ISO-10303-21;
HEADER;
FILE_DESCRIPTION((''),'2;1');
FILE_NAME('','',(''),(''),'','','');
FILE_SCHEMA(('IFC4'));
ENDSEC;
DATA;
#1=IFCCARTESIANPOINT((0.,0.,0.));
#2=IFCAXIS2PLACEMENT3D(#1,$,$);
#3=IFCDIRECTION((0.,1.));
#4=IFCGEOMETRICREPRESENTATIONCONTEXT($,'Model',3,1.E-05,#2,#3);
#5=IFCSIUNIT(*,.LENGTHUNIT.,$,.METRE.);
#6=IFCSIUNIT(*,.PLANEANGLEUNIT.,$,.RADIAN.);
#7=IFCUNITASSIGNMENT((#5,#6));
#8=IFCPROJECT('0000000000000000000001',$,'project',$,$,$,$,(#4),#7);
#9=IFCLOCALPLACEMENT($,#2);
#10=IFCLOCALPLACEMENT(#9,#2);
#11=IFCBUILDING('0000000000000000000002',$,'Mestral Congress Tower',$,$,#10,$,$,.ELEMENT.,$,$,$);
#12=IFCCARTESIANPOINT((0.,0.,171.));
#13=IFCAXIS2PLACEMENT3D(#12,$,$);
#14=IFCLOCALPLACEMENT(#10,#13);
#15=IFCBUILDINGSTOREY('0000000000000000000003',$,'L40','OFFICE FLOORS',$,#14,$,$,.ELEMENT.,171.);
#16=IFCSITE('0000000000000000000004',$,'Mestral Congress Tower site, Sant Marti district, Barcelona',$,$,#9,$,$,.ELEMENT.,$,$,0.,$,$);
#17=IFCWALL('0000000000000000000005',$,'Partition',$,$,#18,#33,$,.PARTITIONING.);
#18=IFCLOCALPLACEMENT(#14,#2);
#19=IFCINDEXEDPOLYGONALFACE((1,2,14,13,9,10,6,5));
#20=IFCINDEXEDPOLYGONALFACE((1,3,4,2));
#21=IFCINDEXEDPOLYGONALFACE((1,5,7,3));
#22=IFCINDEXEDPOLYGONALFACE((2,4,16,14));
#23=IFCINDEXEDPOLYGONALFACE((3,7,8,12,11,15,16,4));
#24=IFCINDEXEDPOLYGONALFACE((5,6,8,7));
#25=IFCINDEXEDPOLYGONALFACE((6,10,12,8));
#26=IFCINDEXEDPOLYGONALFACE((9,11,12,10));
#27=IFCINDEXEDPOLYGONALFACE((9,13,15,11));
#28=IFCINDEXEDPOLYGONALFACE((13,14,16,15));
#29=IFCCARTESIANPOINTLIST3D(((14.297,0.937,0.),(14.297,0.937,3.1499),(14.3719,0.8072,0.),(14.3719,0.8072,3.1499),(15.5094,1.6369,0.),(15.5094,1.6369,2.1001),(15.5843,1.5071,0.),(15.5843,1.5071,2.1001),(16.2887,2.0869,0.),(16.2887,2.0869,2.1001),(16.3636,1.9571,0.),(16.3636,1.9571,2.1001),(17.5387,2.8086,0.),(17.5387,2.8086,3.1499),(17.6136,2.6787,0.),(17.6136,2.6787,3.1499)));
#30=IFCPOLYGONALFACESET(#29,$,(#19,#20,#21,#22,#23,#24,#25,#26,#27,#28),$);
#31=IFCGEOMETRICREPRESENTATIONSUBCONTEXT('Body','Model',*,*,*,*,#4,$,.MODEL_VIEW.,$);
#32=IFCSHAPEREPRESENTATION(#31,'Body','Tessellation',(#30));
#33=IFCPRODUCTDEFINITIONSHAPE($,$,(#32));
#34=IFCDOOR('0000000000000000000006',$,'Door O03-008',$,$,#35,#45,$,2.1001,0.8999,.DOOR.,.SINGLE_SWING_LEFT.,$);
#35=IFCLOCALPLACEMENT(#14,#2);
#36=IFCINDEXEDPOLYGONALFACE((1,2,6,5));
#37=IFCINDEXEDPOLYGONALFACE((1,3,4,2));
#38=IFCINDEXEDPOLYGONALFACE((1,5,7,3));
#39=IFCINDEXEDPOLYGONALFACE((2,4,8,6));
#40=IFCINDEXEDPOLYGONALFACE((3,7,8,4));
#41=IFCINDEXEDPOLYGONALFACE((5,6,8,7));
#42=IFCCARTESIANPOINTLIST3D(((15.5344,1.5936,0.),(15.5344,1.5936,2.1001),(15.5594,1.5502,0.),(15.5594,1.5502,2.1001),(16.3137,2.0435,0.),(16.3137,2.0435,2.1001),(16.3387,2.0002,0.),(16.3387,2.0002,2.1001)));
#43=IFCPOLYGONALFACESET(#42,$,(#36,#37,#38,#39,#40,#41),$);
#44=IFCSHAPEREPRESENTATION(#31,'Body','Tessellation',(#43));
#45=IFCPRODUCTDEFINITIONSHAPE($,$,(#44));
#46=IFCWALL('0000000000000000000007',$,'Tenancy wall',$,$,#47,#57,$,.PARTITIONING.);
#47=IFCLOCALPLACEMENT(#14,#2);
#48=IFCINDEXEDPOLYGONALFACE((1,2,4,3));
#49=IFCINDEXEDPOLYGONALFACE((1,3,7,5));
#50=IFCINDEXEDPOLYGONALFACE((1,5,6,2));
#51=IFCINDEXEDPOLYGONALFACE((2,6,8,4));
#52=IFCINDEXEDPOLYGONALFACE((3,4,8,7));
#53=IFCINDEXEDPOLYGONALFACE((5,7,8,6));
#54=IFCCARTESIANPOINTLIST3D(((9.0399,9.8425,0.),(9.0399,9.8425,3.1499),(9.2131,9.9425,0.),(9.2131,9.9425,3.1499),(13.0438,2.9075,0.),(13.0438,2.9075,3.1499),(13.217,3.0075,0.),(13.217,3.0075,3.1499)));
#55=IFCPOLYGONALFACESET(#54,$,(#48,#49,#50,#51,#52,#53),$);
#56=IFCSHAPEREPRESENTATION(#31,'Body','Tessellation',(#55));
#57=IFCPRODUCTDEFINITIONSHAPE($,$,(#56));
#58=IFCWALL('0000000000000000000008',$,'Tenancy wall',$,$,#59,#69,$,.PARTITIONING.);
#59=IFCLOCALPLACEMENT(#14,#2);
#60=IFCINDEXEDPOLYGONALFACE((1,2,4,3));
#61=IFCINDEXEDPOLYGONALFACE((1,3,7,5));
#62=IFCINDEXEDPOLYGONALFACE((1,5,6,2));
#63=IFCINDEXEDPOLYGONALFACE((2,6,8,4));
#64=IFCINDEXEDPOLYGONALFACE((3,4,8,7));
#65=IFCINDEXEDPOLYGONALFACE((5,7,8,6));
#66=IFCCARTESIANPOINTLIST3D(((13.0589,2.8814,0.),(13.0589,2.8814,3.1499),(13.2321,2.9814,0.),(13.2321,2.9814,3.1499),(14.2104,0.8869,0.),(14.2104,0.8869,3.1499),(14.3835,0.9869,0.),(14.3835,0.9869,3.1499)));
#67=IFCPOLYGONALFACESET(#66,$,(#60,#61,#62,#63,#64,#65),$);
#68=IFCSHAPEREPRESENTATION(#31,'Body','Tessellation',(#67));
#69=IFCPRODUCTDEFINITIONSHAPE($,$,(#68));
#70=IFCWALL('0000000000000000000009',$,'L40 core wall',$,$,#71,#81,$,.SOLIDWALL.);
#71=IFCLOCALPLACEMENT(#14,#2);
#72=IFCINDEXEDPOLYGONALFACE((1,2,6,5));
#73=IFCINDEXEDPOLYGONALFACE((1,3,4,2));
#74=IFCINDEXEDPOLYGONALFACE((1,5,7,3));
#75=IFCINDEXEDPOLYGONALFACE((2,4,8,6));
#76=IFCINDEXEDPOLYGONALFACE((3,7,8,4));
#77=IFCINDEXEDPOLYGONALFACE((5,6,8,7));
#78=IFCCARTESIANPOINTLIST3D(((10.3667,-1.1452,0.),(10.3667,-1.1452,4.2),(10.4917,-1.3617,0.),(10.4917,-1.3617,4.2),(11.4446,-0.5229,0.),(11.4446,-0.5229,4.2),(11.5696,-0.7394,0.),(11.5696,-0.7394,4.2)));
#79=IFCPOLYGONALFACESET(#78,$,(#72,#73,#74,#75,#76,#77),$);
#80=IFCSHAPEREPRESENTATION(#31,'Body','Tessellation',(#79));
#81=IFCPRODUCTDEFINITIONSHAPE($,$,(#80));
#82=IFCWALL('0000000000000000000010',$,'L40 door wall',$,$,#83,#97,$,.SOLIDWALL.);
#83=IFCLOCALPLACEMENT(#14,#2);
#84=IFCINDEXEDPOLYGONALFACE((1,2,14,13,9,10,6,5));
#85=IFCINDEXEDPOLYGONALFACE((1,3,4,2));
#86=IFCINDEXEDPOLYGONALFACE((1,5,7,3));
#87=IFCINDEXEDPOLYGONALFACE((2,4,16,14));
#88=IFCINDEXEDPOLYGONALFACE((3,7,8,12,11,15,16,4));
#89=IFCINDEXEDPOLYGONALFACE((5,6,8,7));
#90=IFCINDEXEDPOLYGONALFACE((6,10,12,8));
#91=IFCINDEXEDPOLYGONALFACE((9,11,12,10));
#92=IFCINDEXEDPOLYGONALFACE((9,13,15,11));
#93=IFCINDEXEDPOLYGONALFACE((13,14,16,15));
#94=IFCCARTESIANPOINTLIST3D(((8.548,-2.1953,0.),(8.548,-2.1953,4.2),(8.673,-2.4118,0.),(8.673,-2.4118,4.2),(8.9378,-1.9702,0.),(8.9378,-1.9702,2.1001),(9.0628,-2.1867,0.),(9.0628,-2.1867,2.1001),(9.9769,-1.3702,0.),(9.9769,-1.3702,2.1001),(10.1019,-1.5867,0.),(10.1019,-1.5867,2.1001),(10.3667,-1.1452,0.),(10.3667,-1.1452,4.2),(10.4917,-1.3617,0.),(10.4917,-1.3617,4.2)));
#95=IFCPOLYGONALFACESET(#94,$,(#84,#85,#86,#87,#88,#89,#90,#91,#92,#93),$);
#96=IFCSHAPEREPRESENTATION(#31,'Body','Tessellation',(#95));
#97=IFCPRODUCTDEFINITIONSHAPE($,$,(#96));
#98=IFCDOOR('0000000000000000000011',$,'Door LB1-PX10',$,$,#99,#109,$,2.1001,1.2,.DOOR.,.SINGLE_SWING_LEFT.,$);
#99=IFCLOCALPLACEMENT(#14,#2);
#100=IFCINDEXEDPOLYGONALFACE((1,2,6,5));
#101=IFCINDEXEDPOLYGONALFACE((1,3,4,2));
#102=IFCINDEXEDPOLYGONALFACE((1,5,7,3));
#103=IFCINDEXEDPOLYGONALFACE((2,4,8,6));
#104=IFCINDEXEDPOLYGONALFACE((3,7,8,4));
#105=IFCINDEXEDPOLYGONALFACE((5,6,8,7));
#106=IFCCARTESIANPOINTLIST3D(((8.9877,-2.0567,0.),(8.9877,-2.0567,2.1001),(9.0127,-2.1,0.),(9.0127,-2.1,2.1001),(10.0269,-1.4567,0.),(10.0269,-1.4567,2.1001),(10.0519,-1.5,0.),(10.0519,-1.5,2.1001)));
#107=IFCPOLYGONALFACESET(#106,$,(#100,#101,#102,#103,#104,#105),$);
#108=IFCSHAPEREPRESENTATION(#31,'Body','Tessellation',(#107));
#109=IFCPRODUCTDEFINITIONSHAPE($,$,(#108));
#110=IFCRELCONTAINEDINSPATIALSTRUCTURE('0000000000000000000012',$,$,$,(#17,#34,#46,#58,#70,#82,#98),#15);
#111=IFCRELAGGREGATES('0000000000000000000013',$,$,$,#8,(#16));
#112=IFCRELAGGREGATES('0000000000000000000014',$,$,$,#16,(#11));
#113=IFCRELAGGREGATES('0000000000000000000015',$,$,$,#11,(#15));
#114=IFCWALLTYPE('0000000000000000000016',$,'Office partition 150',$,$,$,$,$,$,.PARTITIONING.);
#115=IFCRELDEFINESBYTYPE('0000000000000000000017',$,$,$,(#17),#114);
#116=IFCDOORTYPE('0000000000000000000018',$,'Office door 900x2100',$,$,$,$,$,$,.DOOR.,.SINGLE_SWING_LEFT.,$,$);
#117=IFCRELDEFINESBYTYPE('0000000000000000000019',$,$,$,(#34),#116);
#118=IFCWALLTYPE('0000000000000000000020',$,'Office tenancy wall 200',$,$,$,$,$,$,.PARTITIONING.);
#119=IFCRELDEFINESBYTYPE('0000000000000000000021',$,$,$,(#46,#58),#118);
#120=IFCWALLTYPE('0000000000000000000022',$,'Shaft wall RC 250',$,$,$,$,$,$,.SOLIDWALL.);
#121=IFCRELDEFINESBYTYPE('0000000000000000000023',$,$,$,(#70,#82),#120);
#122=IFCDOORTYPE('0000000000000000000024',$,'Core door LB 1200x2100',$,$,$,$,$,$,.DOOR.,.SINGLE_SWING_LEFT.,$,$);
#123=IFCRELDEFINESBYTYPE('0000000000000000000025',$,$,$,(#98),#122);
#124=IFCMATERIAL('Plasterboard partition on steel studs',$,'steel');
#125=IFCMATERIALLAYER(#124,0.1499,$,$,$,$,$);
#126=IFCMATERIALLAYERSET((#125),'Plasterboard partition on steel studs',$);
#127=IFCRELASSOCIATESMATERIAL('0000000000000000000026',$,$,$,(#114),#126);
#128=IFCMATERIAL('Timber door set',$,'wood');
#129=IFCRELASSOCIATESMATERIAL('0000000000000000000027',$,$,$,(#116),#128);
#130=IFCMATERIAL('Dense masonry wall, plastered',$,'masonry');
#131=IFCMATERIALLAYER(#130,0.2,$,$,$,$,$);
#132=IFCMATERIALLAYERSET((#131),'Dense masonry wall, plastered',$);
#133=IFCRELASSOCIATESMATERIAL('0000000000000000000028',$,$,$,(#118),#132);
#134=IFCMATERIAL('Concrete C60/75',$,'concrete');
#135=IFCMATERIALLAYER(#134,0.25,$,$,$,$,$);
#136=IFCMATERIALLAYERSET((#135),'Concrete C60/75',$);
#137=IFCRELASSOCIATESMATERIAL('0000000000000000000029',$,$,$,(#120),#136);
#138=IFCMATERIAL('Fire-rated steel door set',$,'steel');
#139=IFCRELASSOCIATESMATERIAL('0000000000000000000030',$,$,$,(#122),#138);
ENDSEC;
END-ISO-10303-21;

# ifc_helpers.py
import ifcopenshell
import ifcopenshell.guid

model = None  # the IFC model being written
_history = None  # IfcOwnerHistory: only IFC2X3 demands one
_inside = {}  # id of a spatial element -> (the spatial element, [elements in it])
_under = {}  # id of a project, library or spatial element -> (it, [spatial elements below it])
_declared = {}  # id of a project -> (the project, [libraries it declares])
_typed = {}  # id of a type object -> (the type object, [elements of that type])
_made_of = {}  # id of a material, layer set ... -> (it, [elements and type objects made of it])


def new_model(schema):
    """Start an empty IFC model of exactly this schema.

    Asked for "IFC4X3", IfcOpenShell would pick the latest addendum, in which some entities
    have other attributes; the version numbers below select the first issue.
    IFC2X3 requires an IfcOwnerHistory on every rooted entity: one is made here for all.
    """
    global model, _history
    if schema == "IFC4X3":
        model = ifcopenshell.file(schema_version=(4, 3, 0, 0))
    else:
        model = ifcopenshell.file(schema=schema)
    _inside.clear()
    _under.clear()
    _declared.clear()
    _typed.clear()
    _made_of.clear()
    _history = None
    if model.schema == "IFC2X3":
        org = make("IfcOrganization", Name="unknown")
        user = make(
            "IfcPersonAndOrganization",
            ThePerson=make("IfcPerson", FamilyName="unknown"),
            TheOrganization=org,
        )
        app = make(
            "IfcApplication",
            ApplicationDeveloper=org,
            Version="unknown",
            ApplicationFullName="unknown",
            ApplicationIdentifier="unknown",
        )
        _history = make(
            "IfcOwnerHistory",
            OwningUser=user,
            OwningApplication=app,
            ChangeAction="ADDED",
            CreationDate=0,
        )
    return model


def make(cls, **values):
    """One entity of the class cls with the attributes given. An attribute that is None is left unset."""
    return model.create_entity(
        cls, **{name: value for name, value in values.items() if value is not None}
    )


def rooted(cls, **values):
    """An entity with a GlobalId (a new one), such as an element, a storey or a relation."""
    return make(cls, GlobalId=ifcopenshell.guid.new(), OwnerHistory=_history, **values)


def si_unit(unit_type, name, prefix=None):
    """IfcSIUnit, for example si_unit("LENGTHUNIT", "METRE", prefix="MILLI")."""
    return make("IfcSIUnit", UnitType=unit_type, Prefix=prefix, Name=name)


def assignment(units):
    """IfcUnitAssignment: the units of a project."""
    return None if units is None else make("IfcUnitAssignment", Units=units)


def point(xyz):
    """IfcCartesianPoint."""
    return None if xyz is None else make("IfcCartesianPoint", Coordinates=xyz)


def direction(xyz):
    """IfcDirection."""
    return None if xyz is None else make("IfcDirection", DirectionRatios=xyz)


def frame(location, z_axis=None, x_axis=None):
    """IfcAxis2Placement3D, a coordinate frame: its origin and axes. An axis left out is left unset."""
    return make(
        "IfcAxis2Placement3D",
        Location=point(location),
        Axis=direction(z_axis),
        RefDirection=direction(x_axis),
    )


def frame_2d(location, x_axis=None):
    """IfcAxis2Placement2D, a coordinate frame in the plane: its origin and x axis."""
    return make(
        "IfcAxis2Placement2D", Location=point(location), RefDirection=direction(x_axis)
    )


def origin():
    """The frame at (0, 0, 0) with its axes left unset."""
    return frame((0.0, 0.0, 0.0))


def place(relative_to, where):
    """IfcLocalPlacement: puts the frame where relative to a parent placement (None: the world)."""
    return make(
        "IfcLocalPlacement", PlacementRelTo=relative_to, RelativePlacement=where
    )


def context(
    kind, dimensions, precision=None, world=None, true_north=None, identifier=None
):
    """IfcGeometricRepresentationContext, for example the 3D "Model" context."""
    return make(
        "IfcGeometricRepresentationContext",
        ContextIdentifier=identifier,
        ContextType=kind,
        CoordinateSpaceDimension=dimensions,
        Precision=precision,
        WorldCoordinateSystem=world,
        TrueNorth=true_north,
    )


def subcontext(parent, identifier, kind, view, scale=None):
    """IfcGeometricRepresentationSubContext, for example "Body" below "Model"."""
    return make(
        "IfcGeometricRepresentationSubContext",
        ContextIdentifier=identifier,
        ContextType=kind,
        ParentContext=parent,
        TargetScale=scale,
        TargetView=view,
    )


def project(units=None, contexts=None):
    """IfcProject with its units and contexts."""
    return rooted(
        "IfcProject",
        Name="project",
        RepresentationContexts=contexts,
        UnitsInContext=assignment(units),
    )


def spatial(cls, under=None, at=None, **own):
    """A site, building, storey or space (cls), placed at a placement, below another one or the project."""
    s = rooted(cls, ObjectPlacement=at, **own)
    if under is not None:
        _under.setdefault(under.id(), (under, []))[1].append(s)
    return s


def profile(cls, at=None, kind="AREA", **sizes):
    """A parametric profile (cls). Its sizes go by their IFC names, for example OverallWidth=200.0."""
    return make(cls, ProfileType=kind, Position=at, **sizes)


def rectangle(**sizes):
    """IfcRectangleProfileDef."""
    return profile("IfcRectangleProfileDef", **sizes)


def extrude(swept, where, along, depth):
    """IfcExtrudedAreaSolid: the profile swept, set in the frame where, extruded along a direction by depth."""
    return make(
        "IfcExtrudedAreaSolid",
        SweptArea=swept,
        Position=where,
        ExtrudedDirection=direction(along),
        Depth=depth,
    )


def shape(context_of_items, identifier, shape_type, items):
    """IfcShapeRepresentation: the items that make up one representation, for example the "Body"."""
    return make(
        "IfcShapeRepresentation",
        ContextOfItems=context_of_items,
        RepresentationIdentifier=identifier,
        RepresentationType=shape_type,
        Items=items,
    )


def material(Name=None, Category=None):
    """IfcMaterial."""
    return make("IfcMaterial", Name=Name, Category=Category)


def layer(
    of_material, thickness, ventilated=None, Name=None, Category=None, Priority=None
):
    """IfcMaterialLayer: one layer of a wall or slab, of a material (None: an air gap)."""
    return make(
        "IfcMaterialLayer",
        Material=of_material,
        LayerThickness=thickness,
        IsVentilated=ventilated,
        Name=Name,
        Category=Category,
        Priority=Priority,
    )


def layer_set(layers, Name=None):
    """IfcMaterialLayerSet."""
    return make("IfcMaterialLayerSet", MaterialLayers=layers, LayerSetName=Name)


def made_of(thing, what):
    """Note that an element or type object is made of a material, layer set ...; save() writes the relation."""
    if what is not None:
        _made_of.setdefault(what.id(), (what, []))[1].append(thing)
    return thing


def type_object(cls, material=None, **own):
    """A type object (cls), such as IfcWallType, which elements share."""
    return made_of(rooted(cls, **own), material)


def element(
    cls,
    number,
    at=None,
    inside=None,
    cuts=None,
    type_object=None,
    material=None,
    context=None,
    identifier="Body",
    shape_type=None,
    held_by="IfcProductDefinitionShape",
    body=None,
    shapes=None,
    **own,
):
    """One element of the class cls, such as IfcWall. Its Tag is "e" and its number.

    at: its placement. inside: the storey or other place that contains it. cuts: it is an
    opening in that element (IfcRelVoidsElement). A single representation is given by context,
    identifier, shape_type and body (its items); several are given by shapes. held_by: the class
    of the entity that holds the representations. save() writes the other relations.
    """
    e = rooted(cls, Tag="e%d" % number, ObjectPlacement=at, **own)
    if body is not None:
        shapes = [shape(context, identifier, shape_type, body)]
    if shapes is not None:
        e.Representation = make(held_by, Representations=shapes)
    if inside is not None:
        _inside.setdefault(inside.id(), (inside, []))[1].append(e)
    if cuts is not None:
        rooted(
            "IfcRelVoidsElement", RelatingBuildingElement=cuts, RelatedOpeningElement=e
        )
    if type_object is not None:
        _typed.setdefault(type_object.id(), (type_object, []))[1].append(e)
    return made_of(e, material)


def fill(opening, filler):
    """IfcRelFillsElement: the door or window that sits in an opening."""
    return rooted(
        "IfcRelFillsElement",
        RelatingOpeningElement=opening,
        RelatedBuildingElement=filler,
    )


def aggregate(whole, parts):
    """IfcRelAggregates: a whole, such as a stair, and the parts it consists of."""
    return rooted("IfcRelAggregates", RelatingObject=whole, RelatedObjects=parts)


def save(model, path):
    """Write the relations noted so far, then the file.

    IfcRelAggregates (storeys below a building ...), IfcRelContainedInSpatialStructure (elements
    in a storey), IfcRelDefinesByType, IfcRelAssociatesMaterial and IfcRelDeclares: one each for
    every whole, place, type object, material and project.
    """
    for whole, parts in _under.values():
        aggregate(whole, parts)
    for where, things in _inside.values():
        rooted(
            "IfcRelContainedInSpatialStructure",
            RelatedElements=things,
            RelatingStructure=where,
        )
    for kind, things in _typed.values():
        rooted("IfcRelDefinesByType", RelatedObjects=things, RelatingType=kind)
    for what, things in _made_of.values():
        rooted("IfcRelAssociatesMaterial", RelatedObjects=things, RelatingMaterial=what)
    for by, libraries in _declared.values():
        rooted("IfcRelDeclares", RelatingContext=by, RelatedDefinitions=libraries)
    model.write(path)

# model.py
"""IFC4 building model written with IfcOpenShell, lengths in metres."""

from ifc_helpers import new_model, si_unit, direction, frame, frame_2d, origin, place, context, subcontext, project, spatial, rectangle, extrude, material, layer, layer_set, type_object, element, fill, save


model = new_model("IFC4")

# Units and contexts
model_context = context("Model", 3, precision=1e-05, world=origin(), true_north=direction((0.0, 1.0)))
body_context = subcontext(model_context, "Body", "Model", "MODEL_VIEW")
ifc_project = project(units=[si_unit("LENGTHUNIT", "METRE"), si_unit("PLANEANGLEUNIT", "RADIAN")], contexts=[model_context])

# Site, building, storey
site_placement = place(None, origin())
site = spatial("IfcSite", under=ifc_project, at=site_placement, Name="Mestral Congress Tower site, Sant Marti district, Barcelona", CompositionType="ELEMENT", RefElevation=0.0)
building_placement = place(site_placement, origin())
building = spatial("IfcBuilding", under=site, at=building_placement, Name="Mestral Congress Tower", CompositionType="ELEMENT")
storey_placement = place(building_placement, frame((0.0, 0.0, 171.0)))
storey = spatial("IfcBuildingStorey", under=building, at=storey_placement, Name="L40", Description="OFFICE FLOORS", CompositionType="ELEMENT", Elevation=171.0)

# Shared definitions
ifc_material_1 = material(Name="Concrete C60/75", Category="concrete")

# Shared definitions
ifc_material_2 = material(Name="Fire-rated steel door set", Category="steel")

# Shared definitions
ifc_material_3 = material(Name="Plasterboard partition on steel studs", Category="steel")
ifc_layer_1 = layer(ifc_material_3, 0.1499)
ifc_layer_set_1 = layer_set([ifc_layer_1], Name="Plasterboard partition on steel studs")
wall_type_1 = type_object("IfcWallType", Name="Office partition 150", PredefinedType="PARTITIONING", material=ifc_layer_set_1)
ifc_material_4 = material(Name="Timber door set", Category="wood")
door_type_1 = type_object("IfcDoorType", Name="Office door 900x2100", OperationType="SINGLE_SWING_LEFT", PredefinedType="DOOR", material=ifc_material_4)

# Wall, opening, door
wall_1_placement = place(storey_placement, frame((14.3345, 0.8721, 0.0), z_axis=(0.0, 0.0, 1.0), x_axis=(0.866027, 0.499997, 0.0)))
wall_1 = element("IfcWall", 1, at=wall_1_placement, inside=storey, type_object=wall_type_1, Name="Partition", PredefinedType="PARTITIONING", context=body_context, shape_type="SweptSolid", body=[
    extrude(rectangle(XDim=3.7432, YDim=0.1499, at=frame_2d((1.8716, 0.0))), origin(), (0.0, 0.0, 1.0), 3.1499),
])
opening_1_placement = place(wall_1_placement, frame((1.3999, 0.0, 0.0)))
opening_1 = element("IfcOpeningElement", 2, at=opening_1_placement, cuts=wall_1, PredefinedType="OPENING", context=body_context, shape_type="SweptSolid", body=[
    extrude(rectangle(XDim=0.8999, YDim=2.1001, at=frame_2d((0.45, 1.05))), frame((0.0, 0.085, 0.0), z_axis=(0.0, -1.0, 0.0), x_axis=(1.0, 0.0, 0.0)), (0.0, 0.0, 1.0), 0.1699),
])
door_1_placement = place(opening_1_placement, origin())
door_1 = element("IfcDoor", 3, at=door_1_placement, inside=storey, type_object=door_type_1, Name="Door O03-008", OperationType="SINGLE_SWING_LEFT", OverallHeight=2.1001, OverallWidth=0.8999, PredefinedType="DOOR", context=body_context, shape_type="SweptSolid", body=[
    extrude(rectangle(XDim=0.8999, YDim=2.1001, at=frame_2d((0.45, 1.05))), frame((0.0, 0.0249, 0.0), z_axis=(0.0, -1.0, 0.0), x_axis=(1.0, 0.0, 0.0)), (0.0, 0.0, 1.0), 0.05),
])
fill(opening_1, door_1)

# Walls
ifc_material_5 = material(Name="Dense masonry wall, plastered", Category="masonry")
ifc_layer_2 = layer(ifc_material_5, 0.2)
ifc_layer_set_2 = layer_set([ifc_layer_2], Name="Dense masonry wall, plastered")
wall_type_2 = type_object("IfcWallType", Name="Office tenancy wall 200", PredefinedType="PARTITIONING", material=ifc_layer_set_2)
wall_2_placement = place(storey_placement, frame((13.1304, 2.9575, 0.0), z_axis=(0.0, 0.0, 1.0), x_axis=(-0.499995, 0.866028, 0.0)))
element("IfcWall", 4, at=wall_2_placement, inside=storey, type_object=wall_type_2, Name="Tenancy wall", PredefinedType="PARTITIONING", context=body_context, shape_type="SweptSolid", body=[
    extrude(rectangle(XDim=8.0078, YDim=0.2, at=frame_2d((4.0039, 0.0))), origin(), (0.0, 0.0, 1.0), 3.1499),
])
wall_3_placement = place(storey_placement, frame((14.2969, 0.937, 0.0), z_axis=(0.0, 0.0, 1.0), x_axis=(-0.49997, 0.866043, 0.0)))
element("IfcWall", 5, at=wall_3_placement, inside=storey, type_object=wall_type_2, Name="Tenancy wall", PredefinedType="PARTITIONING", context=body_context, shape_type="SweptSolid", body=[
    extrude(rectangle(XDim=2.303, YDim=0.2, at=frame_2d((1.1514, 0.0))), origin(), (0.0, 0.0, 1.0), 3.1499),
])
ifc_layer_3 = layer(ifc_material_1, 0.25)
ifc_layer_set_3 = layer_set([ifc_layer_3], Name="Concrete C60/75")
wall_type_3 = type_object("IfcWallType", Name="Shaft wall RC 250", PredefinedType="SOLIDWALL", material=ifc_layer_set_3)
wall_4_placement = place(storey_placement, frame((11.5071, -0.6311, 0.0), z_axis=(0.0, 0.0, 1.0), x_axis=(-0.866026, -0.5, 0.0)))
element("IfcWall", 6, at=wall_4_placement, inside=storey, type_object=wall_type_3, Name="L40 core wall", PredefinedType="SOLIDWALL", context=body_context, shape_type="SweptSolid", body=[
    extrude(rectangle(XDim=1.2446, YDim=0.25, at=frame_2d((0.6223, 0.0))), origin(), (0.0, 0.0, 1.0), 4.2),
])

# Wall, opening, door
wall_5_placement = place(storey_placement, frame((10.4292, -1.2534, 0.0), z_axis=(0.0, 0.0, 1.0), x_axis=(-0.866009, -0.500028, 0.0)))
wall_5 = element("IfcWall", 7, at=wall_5_placement, inside=storey, type_object=wall_type_3, Name="L40 door wall", PredefinedType="SOLIDWALL", context=body_context, shape_type="SweptSolid", body=[
    extrude(rectangle(XDim=2.1001, YDim=0.25, at=frame_2d((1.05, 0.0))), origin(), (0.0, 0.0, 1.0), 4.2),
])
opening_2_placement = place(wall_5_placement, frame((0.45, 0.0, 0.0)))
opening_2 = element("IfcOpeningElement", 8, at=opening_2_placement, cuts=wall_5, PredefinedType="OPENING", context=body_context, shape_type="SweptSolid", body=[
    extrude(rectangle(XDim=1.2, YDim=2.1001, at=frame_2d((0.6001, 1.05))), frame((0.0, 0.135, 0.0), z_axis=(0.0, -1.0, 0.0), x_axis=(1.0, 0.0, 0.0)), (0.0, 0.0, 1.0), 0.27),
])
door_type_2 = type_object("IfcDoorType", Name="Core door LB 1200x2100", OperationType="SINGLE_SWING_LEFT", PredefinedType="DOOR", material=ifc_material_2)
door_2_placement = place(opening_2_placement, origin())
door_2 = element("IfcDoor", 9, at=door_2_placement, inside=storey, type_object=door_type_2, Name="Door LB1-PX10", OperationType="SINGLE_SWING_LEFT", OverallHeight=2.1001, OverallWidth=1.2, PredefinedType="DOOR", context=body_context, shape_type="SweptSolid", body=[
    extrude(rectangle(XDim=1.2, YDim=2.1001, at=frame_2d((0.6001, 1.05))), frame((0.0, 0.0249, 0.0), z_axis=(0.0, -1.0, 0.0), x_axis=(1.0, 0.0, 0.0)), (0.0, 0.0, 1.0), 0.05),
])
fill(opening_2, door_2)

save(model, "model.ifc")
